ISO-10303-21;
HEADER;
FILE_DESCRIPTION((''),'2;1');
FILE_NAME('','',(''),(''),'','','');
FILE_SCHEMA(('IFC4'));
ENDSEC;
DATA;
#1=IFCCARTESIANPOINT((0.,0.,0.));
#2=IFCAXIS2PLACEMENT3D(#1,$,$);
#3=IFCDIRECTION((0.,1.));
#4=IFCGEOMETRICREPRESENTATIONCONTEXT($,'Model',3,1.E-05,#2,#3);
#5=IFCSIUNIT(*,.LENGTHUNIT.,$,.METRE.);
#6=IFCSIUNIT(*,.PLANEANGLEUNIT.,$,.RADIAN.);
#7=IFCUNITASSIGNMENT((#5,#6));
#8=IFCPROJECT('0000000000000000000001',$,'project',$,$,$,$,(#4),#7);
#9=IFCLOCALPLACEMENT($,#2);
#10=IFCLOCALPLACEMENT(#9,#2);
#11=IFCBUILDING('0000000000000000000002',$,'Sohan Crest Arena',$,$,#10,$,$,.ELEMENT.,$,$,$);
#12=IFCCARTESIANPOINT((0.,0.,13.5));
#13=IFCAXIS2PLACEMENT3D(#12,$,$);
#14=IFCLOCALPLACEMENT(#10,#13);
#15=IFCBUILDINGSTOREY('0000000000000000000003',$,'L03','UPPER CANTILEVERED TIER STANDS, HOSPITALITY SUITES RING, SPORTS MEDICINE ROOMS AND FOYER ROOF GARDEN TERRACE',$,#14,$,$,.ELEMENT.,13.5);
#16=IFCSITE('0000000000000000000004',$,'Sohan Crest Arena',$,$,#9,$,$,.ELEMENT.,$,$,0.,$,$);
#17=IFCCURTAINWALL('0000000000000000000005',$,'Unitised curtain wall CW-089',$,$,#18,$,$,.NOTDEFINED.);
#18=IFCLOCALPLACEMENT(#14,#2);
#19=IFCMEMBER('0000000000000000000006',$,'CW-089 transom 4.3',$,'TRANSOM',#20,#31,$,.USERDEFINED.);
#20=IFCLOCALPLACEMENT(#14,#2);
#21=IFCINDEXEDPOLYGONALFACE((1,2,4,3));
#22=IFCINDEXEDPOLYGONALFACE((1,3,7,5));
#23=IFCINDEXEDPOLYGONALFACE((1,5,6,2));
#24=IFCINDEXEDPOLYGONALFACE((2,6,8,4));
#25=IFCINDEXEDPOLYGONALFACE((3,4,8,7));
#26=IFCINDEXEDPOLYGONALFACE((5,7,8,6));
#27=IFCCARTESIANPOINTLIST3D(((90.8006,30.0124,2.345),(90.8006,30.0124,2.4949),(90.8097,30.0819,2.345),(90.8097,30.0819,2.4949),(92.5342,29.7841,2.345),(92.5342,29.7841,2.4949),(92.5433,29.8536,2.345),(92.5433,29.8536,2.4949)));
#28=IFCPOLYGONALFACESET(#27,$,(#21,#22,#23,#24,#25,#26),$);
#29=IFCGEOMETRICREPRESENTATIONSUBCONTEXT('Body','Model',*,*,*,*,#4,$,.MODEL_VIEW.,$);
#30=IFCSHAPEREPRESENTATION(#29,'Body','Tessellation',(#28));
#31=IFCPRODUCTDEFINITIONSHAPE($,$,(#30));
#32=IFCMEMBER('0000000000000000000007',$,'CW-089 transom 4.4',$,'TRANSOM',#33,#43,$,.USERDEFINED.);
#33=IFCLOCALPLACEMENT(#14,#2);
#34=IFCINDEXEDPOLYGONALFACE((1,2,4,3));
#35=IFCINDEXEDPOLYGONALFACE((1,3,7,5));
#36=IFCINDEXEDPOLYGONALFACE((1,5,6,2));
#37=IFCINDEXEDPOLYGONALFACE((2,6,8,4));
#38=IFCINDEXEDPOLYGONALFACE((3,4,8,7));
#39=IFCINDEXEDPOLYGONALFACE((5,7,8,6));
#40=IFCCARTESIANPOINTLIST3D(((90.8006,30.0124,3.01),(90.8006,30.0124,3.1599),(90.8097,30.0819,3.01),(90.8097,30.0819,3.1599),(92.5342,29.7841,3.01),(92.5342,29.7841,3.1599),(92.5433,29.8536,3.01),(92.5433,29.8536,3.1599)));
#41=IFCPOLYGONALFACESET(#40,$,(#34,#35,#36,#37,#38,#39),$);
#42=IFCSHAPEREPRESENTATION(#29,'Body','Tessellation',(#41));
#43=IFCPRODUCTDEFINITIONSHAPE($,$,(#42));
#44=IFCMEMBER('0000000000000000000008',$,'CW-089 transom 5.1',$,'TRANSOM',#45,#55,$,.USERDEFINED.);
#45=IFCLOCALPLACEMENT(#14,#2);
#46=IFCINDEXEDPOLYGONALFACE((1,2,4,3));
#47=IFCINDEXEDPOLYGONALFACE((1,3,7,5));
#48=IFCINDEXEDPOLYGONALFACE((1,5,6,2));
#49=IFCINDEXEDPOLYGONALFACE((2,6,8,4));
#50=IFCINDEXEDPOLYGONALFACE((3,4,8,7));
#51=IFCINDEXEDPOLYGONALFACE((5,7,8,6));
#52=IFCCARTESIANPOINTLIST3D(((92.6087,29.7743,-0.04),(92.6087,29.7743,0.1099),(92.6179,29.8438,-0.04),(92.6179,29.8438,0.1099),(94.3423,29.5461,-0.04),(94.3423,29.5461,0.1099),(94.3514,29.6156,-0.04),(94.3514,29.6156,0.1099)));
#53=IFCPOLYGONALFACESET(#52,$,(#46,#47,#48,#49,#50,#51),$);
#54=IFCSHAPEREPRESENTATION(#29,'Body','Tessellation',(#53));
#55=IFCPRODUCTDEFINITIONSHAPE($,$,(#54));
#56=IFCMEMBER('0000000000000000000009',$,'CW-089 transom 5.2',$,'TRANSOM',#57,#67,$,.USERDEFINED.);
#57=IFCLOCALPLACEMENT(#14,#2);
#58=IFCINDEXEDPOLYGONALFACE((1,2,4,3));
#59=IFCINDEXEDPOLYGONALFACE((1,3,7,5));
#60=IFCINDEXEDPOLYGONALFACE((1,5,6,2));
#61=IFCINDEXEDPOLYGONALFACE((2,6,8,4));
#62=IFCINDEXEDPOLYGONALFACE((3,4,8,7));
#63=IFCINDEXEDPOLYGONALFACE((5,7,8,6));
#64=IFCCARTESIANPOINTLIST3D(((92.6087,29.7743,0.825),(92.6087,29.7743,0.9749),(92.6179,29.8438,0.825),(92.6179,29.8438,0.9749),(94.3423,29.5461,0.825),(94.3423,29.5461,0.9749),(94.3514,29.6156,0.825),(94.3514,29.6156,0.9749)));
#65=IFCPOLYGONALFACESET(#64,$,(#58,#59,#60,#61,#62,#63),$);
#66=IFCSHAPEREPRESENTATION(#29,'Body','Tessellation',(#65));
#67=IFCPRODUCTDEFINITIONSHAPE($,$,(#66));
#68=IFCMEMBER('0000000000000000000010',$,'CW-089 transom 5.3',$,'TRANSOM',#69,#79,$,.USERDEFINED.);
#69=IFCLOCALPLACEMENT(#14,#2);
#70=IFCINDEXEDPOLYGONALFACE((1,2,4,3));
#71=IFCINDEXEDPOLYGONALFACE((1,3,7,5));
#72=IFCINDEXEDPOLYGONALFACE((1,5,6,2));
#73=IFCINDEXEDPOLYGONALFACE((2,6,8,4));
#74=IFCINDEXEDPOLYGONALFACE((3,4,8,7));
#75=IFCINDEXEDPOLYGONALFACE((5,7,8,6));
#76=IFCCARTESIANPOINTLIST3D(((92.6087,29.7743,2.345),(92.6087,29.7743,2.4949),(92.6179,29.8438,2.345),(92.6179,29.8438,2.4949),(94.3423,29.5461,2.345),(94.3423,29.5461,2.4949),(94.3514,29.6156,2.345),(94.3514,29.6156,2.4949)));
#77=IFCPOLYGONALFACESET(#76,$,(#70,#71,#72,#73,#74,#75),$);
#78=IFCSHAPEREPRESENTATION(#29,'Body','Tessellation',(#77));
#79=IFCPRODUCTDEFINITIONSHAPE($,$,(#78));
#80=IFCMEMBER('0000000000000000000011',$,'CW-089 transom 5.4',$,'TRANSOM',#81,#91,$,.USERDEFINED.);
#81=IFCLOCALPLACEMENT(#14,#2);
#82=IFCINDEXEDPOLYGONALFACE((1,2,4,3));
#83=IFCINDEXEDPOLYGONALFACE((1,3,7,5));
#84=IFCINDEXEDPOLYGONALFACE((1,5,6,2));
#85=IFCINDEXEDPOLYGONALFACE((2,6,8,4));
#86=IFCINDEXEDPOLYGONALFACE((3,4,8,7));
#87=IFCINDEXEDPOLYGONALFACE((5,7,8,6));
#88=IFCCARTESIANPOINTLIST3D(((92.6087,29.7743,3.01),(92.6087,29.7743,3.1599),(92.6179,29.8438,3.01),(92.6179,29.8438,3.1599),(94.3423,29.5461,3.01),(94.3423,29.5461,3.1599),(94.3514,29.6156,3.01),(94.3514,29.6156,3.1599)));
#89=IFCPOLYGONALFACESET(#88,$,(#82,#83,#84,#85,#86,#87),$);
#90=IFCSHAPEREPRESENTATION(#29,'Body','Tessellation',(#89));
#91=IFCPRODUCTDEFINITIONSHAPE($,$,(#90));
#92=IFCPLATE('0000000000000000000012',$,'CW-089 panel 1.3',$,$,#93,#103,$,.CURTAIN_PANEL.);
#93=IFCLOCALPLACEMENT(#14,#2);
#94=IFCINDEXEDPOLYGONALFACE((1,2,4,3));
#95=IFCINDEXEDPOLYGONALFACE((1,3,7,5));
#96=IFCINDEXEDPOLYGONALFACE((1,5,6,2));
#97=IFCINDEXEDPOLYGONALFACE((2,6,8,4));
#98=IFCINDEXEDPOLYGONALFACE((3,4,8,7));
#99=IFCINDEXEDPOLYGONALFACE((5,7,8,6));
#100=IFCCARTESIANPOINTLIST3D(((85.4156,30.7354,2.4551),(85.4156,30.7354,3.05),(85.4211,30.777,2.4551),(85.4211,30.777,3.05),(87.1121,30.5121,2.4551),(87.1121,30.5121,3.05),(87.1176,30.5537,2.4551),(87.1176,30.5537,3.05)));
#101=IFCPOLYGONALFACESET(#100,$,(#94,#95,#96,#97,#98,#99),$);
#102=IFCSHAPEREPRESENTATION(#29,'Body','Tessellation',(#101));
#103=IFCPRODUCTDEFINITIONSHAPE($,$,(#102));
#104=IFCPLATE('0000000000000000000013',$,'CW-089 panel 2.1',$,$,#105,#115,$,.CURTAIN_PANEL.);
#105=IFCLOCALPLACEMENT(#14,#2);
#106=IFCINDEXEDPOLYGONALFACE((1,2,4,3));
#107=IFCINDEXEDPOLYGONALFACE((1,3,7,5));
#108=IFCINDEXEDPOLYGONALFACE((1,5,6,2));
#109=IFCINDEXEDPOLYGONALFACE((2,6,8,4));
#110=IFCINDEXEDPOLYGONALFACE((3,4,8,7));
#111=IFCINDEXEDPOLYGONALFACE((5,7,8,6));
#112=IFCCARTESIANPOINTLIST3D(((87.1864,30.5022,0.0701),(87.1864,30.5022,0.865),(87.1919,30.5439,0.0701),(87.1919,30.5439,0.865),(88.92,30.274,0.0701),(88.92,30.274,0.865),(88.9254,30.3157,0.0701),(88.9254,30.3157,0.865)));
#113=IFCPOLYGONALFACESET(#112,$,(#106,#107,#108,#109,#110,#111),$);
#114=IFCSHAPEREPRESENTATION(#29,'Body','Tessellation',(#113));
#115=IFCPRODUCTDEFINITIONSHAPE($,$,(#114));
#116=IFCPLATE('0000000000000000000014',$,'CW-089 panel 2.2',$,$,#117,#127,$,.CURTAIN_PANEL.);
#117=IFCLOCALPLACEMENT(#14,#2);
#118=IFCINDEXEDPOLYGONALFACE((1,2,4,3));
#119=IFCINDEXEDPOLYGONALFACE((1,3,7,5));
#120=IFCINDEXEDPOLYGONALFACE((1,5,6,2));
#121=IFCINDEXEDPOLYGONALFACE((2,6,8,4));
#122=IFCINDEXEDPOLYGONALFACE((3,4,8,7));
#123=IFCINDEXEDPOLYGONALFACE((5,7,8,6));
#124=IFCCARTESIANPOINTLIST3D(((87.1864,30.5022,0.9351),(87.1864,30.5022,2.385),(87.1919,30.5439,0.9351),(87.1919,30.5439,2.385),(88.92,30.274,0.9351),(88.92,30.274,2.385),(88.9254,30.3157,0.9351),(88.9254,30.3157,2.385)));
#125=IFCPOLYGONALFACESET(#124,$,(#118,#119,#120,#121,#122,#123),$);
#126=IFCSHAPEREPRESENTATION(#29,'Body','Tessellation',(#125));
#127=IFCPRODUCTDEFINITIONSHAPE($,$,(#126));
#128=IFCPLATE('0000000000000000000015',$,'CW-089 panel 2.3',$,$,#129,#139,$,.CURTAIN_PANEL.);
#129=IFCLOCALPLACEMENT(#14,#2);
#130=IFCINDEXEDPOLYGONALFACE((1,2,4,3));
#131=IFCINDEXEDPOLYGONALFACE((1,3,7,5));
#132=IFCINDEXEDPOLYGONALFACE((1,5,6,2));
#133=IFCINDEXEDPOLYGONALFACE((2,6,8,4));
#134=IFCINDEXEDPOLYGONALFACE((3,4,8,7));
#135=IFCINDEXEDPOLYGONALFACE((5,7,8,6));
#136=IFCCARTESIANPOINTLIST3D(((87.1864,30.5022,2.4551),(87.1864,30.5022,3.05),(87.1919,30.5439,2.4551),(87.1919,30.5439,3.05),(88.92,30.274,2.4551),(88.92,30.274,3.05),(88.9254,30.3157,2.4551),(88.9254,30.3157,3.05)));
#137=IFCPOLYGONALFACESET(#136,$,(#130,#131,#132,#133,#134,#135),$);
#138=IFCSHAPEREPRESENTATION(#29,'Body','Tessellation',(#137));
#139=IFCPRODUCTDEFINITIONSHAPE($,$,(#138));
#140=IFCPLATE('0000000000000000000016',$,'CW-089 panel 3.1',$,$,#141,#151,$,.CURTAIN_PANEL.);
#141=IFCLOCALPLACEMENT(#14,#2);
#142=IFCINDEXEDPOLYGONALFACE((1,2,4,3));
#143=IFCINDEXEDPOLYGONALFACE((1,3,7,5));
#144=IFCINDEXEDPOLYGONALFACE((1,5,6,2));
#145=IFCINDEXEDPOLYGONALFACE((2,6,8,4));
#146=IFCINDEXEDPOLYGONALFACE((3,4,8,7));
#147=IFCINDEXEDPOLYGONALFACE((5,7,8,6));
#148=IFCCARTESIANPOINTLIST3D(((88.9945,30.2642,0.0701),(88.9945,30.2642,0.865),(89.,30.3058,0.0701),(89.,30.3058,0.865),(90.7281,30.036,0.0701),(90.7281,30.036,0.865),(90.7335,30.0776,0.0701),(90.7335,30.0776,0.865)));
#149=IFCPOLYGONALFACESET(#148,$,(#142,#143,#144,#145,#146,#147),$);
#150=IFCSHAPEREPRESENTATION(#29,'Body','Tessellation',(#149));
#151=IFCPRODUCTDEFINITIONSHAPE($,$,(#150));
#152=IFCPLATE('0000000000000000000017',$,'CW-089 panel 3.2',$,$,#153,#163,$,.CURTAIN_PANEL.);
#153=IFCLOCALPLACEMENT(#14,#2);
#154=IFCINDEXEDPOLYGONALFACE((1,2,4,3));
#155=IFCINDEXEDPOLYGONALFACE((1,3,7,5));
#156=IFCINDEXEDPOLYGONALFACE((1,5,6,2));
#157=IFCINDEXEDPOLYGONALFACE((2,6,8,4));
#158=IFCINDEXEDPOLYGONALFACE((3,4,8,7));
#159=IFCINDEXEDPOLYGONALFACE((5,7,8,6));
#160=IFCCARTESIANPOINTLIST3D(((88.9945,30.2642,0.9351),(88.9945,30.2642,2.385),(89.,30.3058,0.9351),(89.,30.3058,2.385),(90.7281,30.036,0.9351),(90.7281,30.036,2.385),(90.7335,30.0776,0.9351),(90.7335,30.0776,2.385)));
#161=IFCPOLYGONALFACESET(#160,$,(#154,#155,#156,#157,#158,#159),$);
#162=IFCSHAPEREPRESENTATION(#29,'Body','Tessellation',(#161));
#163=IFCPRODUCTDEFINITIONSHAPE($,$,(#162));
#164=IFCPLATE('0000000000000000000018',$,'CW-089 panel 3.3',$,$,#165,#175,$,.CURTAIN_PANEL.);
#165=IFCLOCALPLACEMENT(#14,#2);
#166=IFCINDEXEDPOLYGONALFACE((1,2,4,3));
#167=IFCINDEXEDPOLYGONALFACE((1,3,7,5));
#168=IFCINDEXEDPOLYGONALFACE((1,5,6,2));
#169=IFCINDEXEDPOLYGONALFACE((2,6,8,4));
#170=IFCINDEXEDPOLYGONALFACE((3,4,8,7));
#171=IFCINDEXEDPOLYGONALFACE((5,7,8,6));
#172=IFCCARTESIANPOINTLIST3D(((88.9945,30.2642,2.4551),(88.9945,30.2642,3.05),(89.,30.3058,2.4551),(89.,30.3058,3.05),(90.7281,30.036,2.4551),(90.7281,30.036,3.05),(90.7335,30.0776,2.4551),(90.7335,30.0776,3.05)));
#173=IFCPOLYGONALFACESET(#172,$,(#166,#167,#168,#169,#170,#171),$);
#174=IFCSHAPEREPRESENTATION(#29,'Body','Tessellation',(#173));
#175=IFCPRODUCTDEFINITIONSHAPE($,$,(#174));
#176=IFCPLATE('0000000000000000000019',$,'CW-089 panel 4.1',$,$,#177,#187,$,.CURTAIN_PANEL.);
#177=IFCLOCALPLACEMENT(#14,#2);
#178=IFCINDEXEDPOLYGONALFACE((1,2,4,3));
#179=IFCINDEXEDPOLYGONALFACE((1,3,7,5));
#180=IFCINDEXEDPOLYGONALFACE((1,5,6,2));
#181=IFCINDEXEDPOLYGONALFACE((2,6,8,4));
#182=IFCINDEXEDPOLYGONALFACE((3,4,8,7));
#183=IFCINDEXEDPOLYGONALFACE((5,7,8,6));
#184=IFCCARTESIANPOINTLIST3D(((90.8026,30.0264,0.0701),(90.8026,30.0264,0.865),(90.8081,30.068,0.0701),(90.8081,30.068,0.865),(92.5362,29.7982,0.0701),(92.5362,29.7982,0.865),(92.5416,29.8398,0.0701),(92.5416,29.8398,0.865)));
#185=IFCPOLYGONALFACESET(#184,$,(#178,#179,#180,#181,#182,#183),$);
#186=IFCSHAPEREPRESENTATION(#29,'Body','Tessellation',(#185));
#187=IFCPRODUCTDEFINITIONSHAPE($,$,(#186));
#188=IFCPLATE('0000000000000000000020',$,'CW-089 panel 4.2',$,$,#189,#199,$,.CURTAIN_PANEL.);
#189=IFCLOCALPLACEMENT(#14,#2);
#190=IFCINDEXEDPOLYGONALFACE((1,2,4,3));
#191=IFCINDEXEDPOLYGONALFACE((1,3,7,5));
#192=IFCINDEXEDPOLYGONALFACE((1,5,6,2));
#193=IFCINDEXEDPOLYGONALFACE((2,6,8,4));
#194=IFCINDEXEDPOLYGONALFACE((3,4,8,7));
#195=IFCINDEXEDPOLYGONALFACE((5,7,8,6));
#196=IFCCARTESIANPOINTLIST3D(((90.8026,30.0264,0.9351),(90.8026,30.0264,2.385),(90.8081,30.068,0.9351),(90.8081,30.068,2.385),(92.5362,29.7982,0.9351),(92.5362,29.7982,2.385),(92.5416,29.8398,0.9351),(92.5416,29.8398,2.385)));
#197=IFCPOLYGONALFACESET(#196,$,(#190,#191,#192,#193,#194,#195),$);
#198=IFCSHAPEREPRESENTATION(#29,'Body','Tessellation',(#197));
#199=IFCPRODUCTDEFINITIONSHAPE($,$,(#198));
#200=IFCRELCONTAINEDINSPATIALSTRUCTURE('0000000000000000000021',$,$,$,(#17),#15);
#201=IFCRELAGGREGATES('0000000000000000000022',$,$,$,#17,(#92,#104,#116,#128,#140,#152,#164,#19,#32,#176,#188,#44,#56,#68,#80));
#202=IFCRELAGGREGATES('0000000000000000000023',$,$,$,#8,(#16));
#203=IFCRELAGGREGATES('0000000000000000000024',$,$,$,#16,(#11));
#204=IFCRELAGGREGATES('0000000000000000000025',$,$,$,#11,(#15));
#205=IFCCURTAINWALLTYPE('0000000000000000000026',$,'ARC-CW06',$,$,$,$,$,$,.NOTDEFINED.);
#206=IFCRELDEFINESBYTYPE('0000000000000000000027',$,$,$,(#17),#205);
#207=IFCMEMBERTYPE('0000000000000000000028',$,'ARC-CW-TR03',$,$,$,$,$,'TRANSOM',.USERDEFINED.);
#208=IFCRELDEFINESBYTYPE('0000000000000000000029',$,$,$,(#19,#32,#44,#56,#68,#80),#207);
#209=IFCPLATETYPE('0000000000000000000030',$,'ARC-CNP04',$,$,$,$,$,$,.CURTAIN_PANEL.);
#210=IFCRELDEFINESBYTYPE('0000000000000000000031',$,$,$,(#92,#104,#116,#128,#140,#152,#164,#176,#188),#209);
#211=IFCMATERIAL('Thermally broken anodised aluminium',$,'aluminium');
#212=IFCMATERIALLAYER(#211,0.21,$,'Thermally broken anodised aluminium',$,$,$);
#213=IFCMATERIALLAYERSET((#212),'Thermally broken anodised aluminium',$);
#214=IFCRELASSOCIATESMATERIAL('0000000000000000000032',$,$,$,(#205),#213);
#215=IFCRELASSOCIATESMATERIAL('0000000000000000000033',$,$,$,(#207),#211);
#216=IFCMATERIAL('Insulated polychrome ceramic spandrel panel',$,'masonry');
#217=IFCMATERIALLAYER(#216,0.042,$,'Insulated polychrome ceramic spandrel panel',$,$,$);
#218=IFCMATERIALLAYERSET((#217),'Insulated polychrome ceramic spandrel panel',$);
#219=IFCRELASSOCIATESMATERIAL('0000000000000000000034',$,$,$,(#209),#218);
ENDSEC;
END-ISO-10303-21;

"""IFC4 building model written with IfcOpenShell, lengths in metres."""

from ifc_helpers import new_model, si_unit, direction, frame, origin, origin_2d, place, context, subcontext, project, spatial, rectangle, extrude, material, layer, layer_set, material_profile, profile_set, type_object, element, aggregate, save


model = new_model("IFC4")

# Units and contexts
model_context = context("Model", 3, precision=1e-05, world=origin(), true_north=direction((0.0, 1.0)))
body_context = subcontext(model_context, "Body", "Model", "MODEL_VIEW")
ifc_project = project(units=[si_unit("LENGTHUNIT", "METRE"), si_unit("PLANEANGLEUNIT", "RADIAN")], contexts=[model_context])

# Site, building, storey
site_placement = place(None, origin())
site = spatial("IfcSite", under=ifc_project, at=site_placement, Name="Sohan Crest Arena", CompositionType="ELEMENT", RefElevation=0.0)
building_placement = place(site_placement, origin())
building = spatial("IfcBuilding", under=site, at=building_placement, Name="Sohan Crest Arena", CompositionType="ELEMENT")
storey_placement = place(building_placement, frame((0.0, 0.0, 13.5)))
storey = spatial("IfcBuildingStorey", under=building, at=storey_placement, Name="L03", Description="UPPER CANTILEVERED TIER STANDS, HOSPITALITY SUITES RING, SPORTS MEDICINE ROOMS AND FOYER ROOF GARDEN TERRACE", CompositionType="ELEMENT", Elevation=13.5)

# Curtain wall, members, plates
ifc_material_1 = material(Name="Thermally broken anodised aluminium", Category="aluminium")
ifc_layer_1 = layer(ifc_material_1, 0.21, Name="Thermally broken anodised aluminium")
ifc_layer_set_1 = layer_set([ifc_layer_1], Name="Thermally broken anodised aluminium")
curtain_wall_type = type_object("IfcCurtainWallType", Name="ARC-CW06", PredefinedType="NOTDEFINED", material=ifc_layer_set_1)
curtain_wall_placement = place(storey_placement, origin())
curtain_wall = element("IfcCurtainWall", 1, at=curtain_wall_placement, inside=storey, type_object=curtain_wall_type, Name="Unitised curtain wall CW-089", PredefinedType="NOTDEFINED")
ifc_material_profile_1 = material_profile(ifc_material_1, rectangle(XDim=0.0701, YDim=0.1499, at=origin_2d()), Name="ALU-TRAN 70x150")
ifc_profile_set_1 = profile_set([ifc_material_profile_1], Name="Thermally broken anodised aluminium")
member_type_1 = type_object("IfcMemberType", Name="ARC-CW-TR03", ElementType="TRANSOM", PredefinedType="USERDEFINED", material=ifc_profile_set_1)
member_1_placement = place(storey_placement, frame((90.8052, 30.0471, 2.4199), z_axis=(0.991442, -0.130545, 0.0), x_axis=(0.130545, 0.991442, 0.0)))
member_1 = element("IfcMember", 2, at=member_1_placement, type_object=member_type_1, Name="CW-089 transom 4.3", ObjectType="TRANSOM", PredefinedType="USERDEFINED", context=body_context, shape_type="SweptSolid", body=[
    extrude(rectangle(XDim=0.0701, YDim=0.1499, at=origin_2d()), origin(), (0.0, 0.0, 1.0), 1.7485),
])
member_2_placement = place(storey_placement, frame((90.8052, 30.0471, 3.085), z_axis=(0.991442, -0.130545, 0.0), x_axis=(0.130545, 0.991442, 0.0)))
member_2 = element("IfcMember", 3, at=member_2_placement, type_object=member_type_1, Name="CW-089 transom 4.4", ObjectType="TRANSOM", PredefinedType="USERDEFINED", context=body_context, shape_type="SweptSolid", body=[
    extrude(rectangle(XDim=0.0701, YDim=0.1499, at=origin_2d()), origin(), (0.0, 0.0, 1.0), 1.7485),
])
member_3_placement = place(storey_placement, frame((92.6133, 29.8091, 0.0349), z_axis=(0.991442, -0.130545, 0.0), x_axis=(0.130545, 0.991442, 0.0)))
member_3 = element("IfcMember", 4, at=member_3_placement, type_object=member_type_1, Name="CW-089 transom 5.1", ObjectType="TRANSOM", PredefinedType="USERDEFINED", context=body_context, shape_type="SweptSolid", body=[
    extrude(rectangle(XDim=0.0701, YDim=0.1499, at=origin_2d()), origin(), (0.0, 0.0, 1.0), 1.7485),
])
member_4_placement = place(storey_placement, frame((92.6133, 29.8091, 0.8999), z_axis=(0.991442, -0.130545, 0.0), x_axis=(0.130545, 0.991442, 0.0)))
member_4 = element("IfcMember", 5, at=member_4_placement, type_object=member_type_1, Name="CW-089 transom 5.2", ObjectType="TRANSOM", PredefinedType="USERDEFINED", context=body_context, shape_type="SweptSolid", body=[
    extrude(rectangle(XDim=0.0701, YDim=0.1499, at=origin_2d()), origin(), (0.0, 0.0, 1.0), 1.7485),
])
member_5_placement = place(storey_placement, frame((92.6133, 29.8091, 2.4199), z_axis=(0.991442, -0.130545, 0.0), x_axis=(0.130545, 0.991442, 0.0)))
member_5 = element("IfcMember", 6, at=member_5_placement, type_object=member_type_1, Name="CW-089 transom 5.3", ObjectType="TRANSOM", PredefinedType="USERDEFINED", context=body_context, shape_type="SweptSolid", body=[
    extrude(rectangle(XDim=0.0701, YDim=0.1499, at=origin_2d()), origin(), (0.0, 0.0, 1.0), 1.7485),
])
member_6_placement = place(storey_placement, frame((92.6133, 29.8091, 3.085), z_axis=(0.991442, -0.130545, 0.0), x_axis=(0.130545, 0.991442, 0.0)))
member_6 = element("IfcMember", 7, at=member_6_placement, type_object=member_type_1, Name="CW-089 transom 5.4", ObjectType="TRANSOM", PredefinedType="USERDEFINED", context=body_context, shape_type="SweptSolid", body=[
    extrude(rectangle(XDim=0.0701, YDim=0.1499, at=origin_2d()), origin(), (0.0, 0.0, 1.0), 1.7485),
])
ifc_material_2 = material(Name="Insulated polychrome ceramic spandrel panel", Category="masonry")
ifc_layer_2 = layer(ifc_material_2, 0.042, Name="Insulated polychrome ceramic spandrel panel")
ifc_layer_set_2 = layer_set([ifc_layer_2], Name="Insulated polychrome ceramic spandrel panel")
plate_type = type_object("IfcPlateType", Name="ARC-CNP04", PredefinedType="CURTAIN_PANEL", material=ifc_layer_set_2)
plate_1_placement = place(storey_placement, frame((86.2666, 30.6445, 2.4551), z_axis=(0.0, 0.0, 1.0), x_axis=(0.991447, -0.130511, 0.0)))
plate_1 = element("IfcPlate", 8, at=plate_1_placement, type_object=plate_type, Name="CW-089 panel 1.3", PredefinedType="CURTAIN_PANEL", context=body_context, shape_type="SweptSolid", body=[
    extrude(rectangle(XDim=1.7112, YDim=0.042, at=origin_2d()), origin(), (0.0, 0.0, 1.0), 0.595),
])
plate_2_placement = place(storey_placement, frame((88.0559, 30.4089, 0.0701), z_axis=(0.0, 0.0, 1.0), x_axis=(0.991447, -0.130511, 0.0)))
plate_2 = element("IfcPlate", 9, at=plate_2_placement, type_object=plate_type, Name="CW-089 panel 2.1", PredefinedType="CURTAIN_PANEL", context=body_context, shape_type="SweptSolid", body=[
    extrude(rectangle(XDim=1.7485, YDim=0.042, at=origin_2d()), origin(), (0.0, 0.0, 1.0), 0.7949),
])
plate_3_placement = place(storey_placement, frame((88.0559, 30.4089, 0.9351), z_axis=(0.0, 0.0, 1.0), x_axis=(0.991447, -0.130511, 0.0)))
plate_3 = element("IfcPlate", 10, at=plate_3_placement, type_object=plate_type, Name="CW-089 panel 2.2", PredefinedType="CURTAIN_PANEL", context=body_context, shape_type="SweptSolid", body=[
    extrude(rectangle(XDim=1.7485, YDim=0.042, at=origin_2d()), origin(), (0.0, 0.0, 1.0), 1.45),
])
plate_4_placement = place(storey_placement, frame((88.0559, 30.4089, 2.4551), z_axis=(0.0, 0.0, 1.0), x_axis=(0.991447, -0.130511, 0.0)))
plate_4 = element("IfcPlate", 11, at=plate_4_placement, type_object=plate_type, Name="CW-089 panel 2.3", PredefinedType="CURTAIN_PANEL", context=body_context, shape_type="SweptSolid", body=[
    extrude(rectangle(XDim=1.7485, YDim=0.042, at=origin_2d()), origin(), (0.0, 0.0, 1.0), 0.595),
])
plate_5_placement = place(storey_placement, frame((89.864, 30.1709, 0.0701), z_axis=(0.0, 0.0, 1.0), x_axis=(0.991447, -0.130511, 0.0)))
plate_5 = element("IfcPlate", 12, at=plate_5_placement, type_object=plate_type, Name="CW-089 panel 3.1", PredefinedType="CURTAIN_PANEL", context=body_context, shape_type="SweptSolid", body=[
    extrude(rectangle(XDim=1.7485, YDim=0.042, at=origin_2d()), origin(), (0.0, 0.0, 1.0), 0.7949),
])
plate_6_placement = place(storey_placement, frame((89.864, 30.1709, 0.9351), z_axis=(0.0, 0.0, 1.0), x_axis=(0.991447, -0.130511, 0.0)))
plate_6 = element("IfcPlate", 13, at=plate_6_placement, type_object=plate_type, Name="CW-089 panel 3.2", PredefinedType="CURTAIN_PANEL", context=body_context, shape_type="SweptSolid", body=[
    extrude(rectangle(XDim=1.7485, YDim=0.042, at=origin_2d()), origin(), (0.0, 0.0, 1.0), 1.45),
])
plate_7_placement = place(storey_placement, frame((89.864, 30.1709, 2.4551), z_axis=(0.0, 0.0, 1.0), x_axis=(0.991447, -0.130511, 0.0)))
plate_7 = element("IfcPlate", 14, at=plate_7_placement, type_object=plate_type, Name="CW-089 panel 3.3", PredefinedType="CURTAIN_PANEL", context=body_context, shape_type="SweptSolid", body=[
    extrude(rectangle(XDim=1.7485, YDim=0.042, at=origin_2d()), origin(), (0.0, 0.0, 1.0), 0.595),
])
plate_8_placement = place(storey_placement, frame((91.6721, 29.9331, 0.0701), z_axis=(0.0, 0.0, 1.0), x_axis=(0.991447, -0.130511, 0.0)))
plate_8 = element("IfcPlate", 15, at=plate_8_placement, type_object=plate_type, Name="CW-089 panel 4.1", PredefinedType="CURTAIN_PANEL", context=body_context, shape_type="SweptSolid", body=[
    extrude(rectangle(XDim=1.7485, YDim=0.042, at=origin_2d()), origin(), (0.0, 0.0, 1.0), 0.7949),
])
plate_9_placement = place(storey_placement, frame((91.6721, 29.9331, 0.9351), z_axis=(0.0, 0.0, 1.0), x_axis=(0.991447, -0.130511, 0.0)))
plate_9 = element("IfcPlate", 16, at=plate_9_placement, type_object=plate_type, Name="CW-089 panel 4.2", PredefinedType="CURTAIN_PANEL", context=body_context, shape_type="SweptSolid", body=[
    extrude(rectangle(XDim=1.7485, YDim=0.042, at=origin_2d()), origin(), (0.0, 0.0, 1.0), 1.45),
])
aggregate(curtain_wall, [plate_1, plate_2, plate_3, plate_4, plate_5, plate_6, plate_7, member_1, member_2, plate_8, plate_9, member_3, member_4, member_5, member_6])

save(model, "model.ifc")
